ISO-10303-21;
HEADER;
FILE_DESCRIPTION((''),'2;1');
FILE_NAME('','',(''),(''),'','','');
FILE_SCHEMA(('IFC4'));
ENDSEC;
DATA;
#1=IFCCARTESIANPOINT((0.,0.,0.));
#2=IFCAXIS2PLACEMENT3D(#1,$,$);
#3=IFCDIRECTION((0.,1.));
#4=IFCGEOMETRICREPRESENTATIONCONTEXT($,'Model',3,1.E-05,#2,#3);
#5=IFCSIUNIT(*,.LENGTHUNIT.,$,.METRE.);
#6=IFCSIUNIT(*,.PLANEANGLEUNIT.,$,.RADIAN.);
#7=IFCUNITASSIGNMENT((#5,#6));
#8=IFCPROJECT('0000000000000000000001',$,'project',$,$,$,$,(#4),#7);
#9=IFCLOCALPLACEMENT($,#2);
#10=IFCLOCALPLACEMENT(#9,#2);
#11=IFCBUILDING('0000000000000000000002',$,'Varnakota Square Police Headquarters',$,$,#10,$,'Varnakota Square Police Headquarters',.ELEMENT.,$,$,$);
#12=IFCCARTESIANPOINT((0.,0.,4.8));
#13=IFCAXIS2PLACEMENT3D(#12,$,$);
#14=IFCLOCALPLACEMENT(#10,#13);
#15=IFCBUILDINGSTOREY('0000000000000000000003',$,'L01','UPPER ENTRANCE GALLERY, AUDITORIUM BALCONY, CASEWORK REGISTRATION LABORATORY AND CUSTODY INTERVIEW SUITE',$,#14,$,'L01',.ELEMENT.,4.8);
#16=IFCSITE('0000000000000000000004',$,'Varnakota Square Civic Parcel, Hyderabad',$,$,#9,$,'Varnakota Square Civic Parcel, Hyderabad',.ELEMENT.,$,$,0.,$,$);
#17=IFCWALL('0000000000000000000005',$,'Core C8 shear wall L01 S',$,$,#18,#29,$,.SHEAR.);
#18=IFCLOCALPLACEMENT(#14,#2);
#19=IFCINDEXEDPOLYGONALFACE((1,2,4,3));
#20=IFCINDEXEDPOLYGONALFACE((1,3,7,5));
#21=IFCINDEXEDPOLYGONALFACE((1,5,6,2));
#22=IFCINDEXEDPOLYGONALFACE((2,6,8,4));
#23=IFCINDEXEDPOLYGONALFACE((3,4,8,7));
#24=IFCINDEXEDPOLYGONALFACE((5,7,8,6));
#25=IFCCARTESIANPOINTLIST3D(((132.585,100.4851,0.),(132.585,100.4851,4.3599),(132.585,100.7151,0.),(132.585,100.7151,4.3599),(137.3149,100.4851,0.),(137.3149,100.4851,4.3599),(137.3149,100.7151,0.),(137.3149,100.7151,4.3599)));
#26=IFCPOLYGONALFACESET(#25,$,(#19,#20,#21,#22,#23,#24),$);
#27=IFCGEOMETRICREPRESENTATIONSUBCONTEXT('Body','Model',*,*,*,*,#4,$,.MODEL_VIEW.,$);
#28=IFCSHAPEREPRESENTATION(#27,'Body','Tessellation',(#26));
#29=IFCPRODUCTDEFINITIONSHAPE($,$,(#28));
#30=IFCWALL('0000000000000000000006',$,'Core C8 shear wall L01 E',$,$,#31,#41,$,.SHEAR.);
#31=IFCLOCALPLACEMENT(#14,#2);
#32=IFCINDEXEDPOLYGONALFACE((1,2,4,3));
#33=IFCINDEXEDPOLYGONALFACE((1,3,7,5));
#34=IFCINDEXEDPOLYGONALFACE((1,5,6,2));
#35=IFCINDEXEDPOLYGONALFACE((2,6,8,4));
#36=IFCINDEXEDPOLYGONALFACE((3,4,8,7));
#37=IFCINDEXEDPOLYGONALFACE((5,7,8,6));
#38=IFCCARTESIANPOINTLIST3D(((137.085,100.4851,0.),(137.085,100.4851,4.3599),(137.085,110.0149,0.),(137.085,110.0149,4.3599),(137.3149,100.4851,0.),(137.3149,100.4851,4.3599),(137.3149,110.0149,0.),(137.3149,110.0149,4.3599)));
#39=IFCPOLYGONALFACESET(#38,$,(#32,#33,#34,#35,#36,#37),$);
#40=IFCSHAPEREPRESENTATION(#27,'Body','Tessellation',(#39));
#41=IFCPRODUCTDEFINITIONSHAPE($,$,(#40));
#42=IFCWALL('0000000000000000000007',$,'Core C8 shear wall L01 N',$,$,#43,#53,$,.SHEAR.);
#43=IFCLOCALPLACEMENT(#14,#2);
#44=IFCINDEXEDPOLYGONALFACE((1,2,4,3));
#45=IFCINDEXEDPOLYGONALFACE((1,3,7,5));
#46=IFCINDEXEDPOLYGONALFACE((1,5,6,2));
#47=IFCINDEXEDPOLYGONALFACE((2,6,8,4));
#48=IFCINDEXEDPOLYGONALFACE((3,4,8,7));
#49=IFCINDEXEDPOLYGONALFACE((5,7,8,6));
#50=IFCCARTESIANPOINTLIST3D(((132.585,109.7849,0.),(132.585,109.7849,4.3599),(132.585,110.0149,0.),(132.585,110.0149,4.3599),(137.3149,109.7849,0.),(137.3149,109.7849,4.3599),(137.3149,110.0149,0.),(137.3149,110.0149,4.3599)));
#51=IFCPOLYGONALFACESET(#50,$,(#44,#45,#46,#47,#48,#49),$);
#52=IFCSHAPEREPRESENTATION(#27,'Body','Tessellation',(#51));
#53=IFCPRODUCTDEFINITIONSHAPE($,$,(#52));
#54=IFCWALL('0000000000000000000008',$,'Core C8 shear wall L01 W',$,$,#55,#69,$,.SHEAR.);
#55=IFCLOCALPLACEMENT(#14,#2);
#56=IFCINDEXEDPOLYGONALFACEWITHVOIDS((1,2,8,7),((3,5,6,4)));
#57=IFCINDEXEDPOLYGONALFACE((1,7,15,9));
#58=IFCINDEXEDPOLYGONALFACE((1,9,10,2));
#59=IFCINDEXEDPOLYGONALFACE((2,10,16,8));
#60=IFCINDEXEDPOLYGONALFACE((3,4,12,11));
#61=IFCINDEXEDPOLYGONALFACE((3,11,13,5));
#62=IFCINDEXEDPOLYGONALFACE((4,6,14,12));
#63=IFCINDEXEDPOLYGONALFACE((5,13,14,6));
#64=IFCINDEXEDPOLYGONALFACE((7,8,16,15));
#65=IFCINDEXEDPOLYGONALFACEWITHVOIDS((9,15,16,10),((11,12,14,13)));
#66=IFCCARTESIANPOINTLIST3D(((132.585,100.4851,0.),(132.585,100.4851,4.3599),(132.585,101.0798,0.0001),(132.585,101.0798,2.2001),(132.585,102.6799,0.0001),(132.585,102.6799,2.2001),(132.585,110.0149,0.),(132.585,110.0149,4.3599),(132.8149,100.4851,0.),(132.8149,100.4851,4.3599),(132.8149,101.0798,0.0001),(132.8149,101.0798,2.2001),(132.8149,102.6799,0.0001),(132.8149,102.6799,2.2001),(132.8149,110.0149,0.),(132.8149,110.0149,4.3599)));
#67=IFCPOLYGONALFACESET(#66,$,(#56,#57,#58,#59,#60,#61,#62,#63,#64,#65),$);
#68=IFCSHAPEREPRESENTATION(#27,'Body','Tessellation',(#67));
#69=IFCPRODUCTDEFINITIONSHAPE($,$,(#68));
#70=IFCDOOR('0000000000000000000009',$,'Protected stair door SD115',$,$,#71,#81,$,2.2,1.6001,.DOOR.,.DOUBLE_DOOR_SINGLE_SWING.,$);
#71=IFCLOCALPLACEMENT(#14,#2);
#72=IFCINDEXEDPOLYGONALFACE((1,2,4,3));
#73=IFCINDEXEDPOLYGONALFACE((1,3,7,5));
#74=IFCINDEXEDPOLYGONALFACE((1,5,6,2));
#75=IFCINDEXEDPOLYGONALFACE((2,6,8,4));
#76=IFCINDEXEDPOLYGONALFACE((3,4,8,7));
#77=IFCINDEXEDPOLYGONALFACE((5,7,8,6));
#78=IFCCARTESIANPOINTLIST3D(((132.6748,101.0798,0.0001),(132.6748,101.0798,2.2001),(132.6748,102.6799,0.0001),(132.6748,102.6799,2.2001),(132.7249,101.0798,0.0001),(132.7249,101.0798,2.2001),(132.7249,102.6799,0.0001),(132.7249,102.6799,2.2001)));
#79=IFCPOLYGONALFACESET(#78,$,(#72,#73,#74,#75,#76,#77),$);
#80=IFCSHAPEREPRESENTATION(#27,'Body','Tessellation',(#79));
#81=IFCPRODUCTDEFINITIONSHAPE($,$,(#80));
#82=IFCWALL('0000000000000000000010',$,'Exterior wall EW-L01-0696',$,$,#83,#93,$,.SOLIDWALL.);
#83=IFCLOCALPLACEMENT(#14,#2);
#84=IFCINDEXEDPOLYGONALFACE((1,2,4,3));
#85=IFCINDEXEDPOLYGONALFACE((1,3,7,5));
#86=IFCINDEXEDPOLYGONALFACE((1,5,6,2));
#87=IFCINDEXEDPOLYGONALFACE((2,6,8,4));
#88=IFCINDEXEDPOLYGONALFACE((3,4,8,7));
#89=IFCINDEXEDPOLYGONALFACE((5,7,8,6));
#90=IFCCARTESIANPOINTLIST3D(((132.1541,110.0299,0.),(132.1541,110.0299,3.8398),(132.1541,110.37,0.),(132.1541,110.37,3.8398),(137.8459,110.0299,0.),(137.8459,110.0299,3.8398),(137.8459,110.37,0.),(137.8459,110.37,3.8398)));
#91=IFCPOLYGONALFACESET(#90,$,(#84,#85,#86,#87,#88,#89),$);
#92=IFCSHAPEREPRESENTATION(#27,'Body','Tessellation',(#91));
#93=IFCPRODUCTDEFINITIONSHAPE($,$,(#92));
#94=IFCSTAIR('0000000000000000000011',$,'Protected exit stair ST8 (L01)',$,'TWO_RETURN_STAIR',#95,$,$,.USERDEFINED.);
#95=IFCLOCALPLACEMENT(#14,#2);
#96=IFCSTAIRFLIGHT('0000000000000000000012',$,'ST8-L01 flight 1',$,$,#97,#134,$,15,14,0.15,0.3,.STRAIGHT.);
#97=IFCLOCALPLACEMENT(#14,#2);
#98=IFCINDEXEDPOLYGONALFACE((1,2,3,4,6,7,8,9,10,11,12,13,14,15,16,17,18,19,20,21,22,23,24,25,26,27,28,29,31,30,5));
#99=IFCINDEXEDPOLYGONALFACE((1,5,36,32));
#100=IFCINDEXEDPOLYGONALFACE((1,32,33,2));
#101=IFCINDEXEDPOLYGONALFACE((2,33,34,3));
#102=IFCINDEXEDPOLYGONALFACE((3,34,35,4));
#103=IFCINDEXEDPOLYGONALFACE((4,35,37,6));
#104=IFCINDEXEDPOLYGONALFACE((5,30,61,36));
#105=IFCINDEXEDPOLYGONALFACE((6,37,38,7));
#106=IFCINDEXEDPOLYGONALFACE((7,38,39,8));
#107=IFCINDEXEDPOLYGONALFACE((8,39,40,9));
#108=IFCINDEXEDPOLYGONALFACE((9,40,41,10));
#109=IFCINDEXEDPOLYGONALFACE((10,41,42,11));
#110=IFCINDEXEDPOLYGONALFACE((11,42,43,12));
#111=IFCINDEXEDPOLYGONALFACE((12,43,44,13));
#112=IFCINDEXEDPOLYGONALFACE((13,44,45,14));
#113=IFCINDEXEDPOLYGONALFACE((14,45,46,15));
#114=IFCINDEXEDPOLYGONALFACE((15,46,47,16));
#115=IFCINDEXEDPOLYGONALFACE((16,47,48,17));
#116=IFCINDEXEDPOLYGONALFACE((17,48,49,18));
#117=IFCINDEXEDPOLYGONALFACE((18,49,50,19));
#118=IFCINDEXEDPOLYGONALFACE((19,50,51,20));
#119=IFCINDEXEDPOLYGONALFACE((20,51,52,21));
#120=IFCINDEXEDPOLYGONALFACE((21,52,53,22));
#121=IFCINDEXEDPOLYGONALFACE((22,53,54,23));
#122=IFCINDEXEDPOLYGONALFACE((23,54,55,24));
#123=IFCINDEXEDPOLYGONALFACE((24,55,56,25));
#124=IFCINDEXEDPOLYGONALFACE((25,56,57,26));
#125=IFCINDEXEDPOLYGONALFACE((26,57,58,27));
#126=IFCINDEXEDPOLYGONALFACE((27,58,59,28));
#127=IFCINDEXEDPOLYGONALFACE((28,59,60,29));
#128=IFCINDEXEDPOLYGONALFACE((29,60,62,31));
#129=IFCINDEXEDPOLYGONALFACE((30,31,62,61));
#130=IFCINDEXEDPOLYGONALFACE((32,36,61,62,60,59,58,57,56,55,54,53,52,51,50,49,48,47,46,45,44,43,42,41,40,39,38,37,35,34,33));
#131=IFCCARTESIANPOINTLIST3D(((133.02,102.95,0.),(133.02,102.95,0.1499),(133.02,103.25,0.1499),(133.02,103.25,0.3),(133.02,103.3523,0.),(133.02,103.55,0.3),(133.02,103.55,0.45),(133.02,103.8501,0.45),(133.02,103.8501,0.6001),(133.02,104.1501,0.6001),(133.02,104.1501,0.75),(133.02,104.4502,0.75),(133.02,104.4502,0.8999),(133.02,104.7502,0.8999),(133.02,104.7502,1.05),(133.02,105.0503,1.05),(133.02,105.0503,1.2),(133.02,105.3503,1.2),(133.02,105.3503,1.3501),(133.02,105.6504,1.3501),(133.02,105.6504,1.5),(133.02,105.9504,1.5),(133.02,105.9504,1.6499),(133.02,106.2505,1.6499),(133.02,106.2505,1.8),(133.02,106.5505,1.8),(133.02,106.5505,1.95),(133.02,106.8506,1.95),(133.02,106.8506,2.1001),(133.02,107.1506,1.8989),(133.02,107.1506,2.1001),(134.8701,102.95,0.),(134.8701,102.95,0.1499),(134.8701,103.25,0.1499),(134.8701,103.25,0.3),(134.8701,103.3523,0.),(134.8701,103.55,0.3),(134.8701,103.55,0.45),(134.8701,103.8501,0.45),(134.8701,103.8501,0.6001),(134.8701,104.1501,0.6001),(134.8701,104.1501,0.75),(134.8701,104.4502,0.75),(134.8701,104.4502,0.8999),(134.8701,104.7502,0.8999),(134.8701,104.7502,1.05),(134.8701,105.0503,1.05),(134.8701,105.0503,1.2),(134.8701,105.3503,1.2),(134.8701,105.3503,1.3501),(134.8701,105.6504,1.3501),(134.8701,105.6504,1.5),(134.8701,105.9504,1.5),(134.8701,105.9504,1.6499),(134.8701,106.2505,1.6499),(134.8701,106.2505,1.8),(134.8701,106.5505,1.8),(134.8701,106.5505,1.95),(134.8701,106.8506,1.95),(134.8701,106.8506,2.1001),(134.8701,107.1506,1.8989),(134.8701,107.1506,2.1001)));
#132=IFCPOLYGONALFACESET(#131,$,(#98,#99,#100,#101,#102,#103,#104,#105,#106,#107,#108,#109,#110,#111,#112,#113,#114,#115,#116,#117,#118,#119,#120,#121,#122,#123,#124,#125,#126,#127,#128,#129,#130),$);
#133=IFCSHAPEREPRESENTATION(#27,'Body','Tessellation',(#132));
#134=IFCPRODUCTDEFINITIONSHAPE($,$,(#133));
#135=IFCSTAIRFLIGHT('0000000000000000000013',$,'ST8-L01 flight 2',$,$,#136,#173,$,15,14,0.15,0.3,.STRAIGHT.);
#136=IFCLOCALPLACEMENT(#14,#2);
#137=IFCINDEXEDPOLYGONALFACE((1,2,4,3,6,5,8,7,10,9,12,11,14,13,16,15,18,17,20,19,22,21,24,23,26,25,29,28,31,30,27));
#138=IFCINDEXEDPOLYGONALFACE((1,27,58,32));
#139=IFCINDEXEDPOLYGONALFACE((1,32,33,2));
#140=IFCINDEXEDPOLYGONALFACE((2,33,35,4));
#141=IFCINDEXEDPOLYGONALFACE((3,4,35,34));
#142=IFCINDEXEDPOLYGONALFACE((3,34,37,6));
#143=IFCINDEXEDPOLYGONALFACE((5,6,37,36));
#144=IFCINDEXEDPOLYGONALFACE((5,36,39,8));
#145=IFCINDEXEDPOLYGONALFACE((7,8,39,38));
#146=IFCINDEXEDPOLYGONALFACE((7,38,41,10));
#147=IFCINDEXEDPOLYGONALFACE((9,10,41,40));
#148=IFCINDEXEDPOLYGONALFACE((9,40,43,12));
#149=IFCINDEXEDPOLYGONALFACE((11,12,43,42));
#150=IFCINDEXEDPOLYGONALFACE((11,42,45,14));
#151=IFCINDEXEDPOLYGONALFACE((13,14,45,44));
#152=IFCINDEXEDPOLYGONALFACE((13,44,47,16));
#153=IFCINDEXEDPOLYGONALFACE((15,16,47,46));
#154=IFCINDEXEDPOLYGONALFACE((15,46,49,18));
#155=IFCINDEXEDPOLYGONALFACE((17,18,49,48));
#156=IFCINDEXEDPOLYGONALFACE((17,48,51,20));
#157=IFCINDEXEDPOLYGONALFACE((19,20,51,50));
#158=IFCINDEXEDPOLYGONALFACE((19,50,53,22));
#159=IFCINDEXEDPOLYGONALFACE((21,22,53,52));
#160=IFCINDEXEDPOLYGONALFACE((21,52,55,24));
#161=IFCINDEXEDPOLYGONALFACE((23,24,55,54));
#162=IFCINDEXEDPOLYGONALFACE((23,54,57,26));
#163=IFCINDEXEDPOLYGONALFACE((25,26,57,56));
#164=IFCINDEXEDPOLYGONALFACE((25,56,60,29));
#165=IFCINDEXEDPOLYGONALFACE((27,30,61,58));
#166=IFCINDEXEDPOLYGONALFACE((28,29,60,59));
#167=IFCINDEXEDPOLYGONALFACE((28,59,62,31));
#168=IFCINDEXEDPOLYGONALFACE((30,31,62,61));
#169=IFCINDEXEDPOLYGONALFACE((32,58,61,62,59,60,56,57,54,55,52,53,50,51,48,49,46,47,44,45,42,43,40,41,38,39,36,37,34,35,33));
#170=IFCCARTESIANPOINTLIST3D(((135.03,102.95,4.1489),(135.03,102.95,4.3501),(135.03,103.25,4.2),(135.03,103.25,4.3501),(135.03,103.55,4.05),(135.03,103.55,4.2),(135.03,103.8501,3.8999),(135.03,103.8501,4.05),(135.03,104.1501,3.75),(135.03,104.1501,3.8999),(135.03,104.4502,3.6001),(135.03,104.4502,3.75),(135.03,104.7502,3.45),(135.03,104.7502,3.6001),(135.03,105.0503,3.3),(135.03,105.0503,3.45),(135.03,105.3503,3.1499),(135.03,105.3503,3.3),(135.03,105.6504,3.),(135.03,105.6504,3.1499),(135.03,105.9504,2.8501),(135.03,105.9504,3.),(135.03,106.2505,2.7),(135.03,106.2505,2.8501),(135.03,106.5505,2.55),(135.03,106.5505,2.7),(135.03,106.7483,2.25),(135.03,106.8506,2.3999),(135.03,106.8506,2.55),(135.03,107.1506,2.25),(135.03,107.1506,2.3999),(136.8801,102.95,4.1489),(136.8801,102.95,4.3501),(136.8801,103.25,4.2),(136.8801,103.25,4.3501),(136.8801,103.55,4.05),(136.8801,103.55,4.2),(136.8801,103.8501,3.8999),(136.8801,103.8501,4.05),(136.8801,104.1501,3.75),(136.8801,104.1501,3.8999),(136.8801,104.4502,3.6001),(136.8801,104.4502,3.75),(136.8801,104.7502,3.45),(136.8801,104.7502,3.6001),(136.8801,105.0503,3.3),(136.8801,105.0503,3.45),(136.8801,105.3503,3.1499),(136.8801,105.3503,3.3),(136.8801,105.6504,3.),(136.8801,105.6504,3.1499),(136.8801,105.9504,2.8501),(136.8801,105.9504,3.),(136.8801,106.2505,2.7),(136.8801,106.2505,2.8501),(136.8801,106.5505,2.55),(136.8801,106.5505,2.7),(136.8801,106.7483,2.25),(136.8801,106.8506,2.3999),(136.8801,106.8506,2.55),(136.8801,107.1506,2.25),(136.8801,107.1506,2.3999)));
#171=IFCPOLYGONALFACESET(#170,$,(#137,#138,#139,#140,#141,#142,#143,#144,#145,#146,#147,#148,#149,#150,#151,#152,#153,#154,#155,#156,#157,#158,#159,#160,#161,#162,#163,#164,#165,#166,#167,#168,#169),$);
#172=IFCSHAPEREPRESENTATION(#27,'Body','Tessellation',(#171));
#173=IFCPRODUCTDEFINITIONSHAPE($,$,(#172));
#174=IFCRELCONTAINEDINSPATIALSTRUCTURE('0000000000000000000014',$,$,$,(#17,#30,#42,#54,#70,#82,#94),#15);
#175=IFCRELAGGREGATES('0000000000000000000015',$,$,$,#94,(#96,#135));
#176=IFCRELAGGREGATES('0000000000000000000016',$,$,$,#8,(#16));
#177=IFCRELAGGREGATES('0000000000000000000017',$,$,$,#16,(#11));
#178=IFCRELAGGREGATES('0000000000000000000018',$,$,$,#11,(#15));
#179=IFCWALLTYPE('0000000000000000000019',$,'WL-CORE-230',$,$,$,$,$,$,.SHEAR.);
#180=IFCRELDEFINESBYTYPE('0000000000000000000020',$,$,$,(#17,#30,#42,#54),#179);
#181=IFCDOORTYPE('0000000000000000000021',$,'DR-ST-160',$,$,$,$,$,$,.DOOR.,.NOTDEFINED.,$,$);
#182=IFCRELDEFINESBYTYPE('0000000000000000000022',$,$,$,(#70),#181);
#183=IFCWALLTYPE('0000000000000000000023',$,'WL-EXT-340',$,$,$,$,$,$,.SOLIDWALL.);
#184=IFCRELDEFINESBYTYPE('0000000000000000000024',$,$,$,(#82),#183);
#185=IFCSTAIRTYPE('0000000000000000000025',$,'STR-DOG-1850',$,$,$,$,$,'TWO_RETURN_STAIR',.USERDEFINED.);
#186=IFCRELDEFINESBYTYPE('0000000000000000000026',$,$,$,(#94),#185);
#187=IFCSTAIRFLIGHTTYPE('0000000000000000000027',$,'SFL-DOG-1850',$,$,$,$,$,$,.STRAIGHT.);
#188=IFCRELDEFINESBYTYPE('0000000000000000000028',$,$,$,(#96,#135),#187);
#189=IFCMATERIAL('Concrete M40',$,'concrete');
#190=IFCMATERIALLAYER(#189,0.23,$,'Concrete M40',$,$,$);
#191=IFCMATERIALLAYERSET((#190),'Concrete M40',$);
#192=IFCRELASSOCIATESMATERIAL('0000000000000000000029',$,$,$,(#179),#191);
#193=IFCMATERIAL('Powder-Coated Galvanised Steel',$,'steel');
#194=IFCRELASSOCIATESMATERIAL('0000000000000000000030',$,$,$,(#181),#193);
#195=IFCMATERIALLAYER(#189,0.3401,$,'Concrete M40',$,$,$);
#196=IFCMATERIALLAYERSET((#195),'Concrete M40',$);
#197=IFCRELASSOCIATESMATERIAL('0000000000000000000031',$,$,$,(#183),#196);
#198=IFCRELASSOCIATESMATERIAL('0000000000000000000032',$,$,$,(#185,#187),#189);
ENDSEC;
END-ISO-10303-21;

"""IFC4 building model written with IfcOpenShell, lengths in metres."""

from ifc_helpers import new_model, si_unit, direction, frame, frame_2d, origin, place, context, subcontext, project, spatial, polyline, rectangle, outline, extrude, material, layer, layer_set, type_object, element, fill, aggregate, save


model = new_model("IFC4")

# Units and contexts
model_context = context("Model", 3, precision=1e-05, world=origin(), true_north=direction((0.0, 1.0)))
body_context = subcontext(model_context, "Body", "Model", "MODEL_VIEW")
ifc_project = project(units=[si_unit("LENGTHUNIT", "METRE"), si_unit("PLANEANGLEUNIT", "RADIAN")], contexts=[model_context])

# Site, building, storey
site_placement = place(None, origin())
site = spatial("IfcSite", under=ifc_project, at=site_placement, Name="Varnakota Square Civic Parcel, Hyderabad", LongName="Varnakota Square Civic Parcel, Hyderabad", CompositionType="ELEMENT", RefElevation=0.0)
building_placement = place(site_placement, origin())
building = spatial("IfcBuilding", under=site, at=building_placement, Name="Varnakota Square Police Headquarters", LongName="Varnakota Square Police Headquarters", CompositionType="ELEMENT")
storey_placement = place(building_placement, frame((0.0, 0.0, 4.8)))
storey = spatial("IfcBuildingStorey", under=building, at=storey_placement, Name="L01", Description="UPPER ENTRANCE GALLERY, AUDITORIUM BALCONY, CASEWORK REGISTRATION LABORATORY AND CUSTODY INTERVIEW SUITE", LongName="L01", CompositionType="ELEMENT", Elevation=4.8)

# Walls
ifc_material_1 = material(Name="Concrete M40", Category="concrete")
ifc_layer_1 = layer(ifc_material_1, 0.23, Name="Concrete M40")
ifc_layer_set_1 = layer_set([ifc_layer_1], Name="Concrete M40")
wall_type_1 = type_object("IfcWallType", Name="WL-CORE-230", PredefinedType="SHEAR", material=ifc_layer_set_1)
wall_1_placement = place(storey_placement, frame((132.585, 100.6001, 0.0), z_axis=(0.0, 0.0, 1.0), x_axis=(1.0, 0.0, 0.0)))
element("IfcWall", 1, at=wall_1_placement, inside=storey, type_object=wall_type_1, Name="Core C8 shear wall L01 S", PredefinedType="SHEAR", context=body_context, shape_type="SweptSolid", body=[
    extrude(rectangle(XDim=4.73, YDim=0.23, at=frame_2d((2.365, 0.0))), origin(), (0.0, 0.0, 1.0), 4.3599),
])
wall_2_placement = place(storey_placement, frame((137.2, 100.4851, 0.0), z_axis=(0.0, 0.0, 1.0), x_axis=(0.0, 1.0, 0.0)))
element("IfcWall", 2, at=wall_2_placement, inside=storey, type_object=wall_type_1, Name="Core C8 shear wall L01 E", PredefinedType="SHEAR", context=body_context, shape_type="SweptSolid", body=[
    extrude(rectangle(XDim=9.5298, YDim=0.23, at=frame_2d((4.7649, 0.0))), origin(), (0.0, 0.0, 1.0), 4.3599),
])
wall_3_placement = place(storey_placement, frame((137.3149, 109.8999, 0.0), z_axis=(0.0, 0.0, 1.0), x_axis=(-1.0, 0.0, 0.0)))
element("IfcWall", 3, at=wall_3_placement, inside=storey, type_object=wall_type_1, Name="Core C8 shear wall L01 N", PredefinedType="SHEAR", context=body_context, shape_type="SweptSolid", body=[
    extrude(rectangle(XDim=4.73, YDim=0.23, at=frame_2d((2.365, 0.0))), origin(), (0.0, 0.0, 1.0), 4.3599),
])

# Wall, opening, door
wall_4_placement = place(storey_placement, frame((132.7, 110.0149, 0.0), z_axis=(0.0, 0.0, 1.0), x_axis=(0.0, -1.0, 0.0)))
wall_4 = element("IfcWall", 4, at=wall_4_placement, inside=storey, type_object=wall_type_1, Name="Core C8 shear wall L01 W", PredefinedType="SHEAR", context=body_context, shape_type="SweptSolid", body=[
    extrude(rectangle(XDim=9.5298, YDim=0.23, at=frame_2d((4.7649, 0.0))), origin(), (0.0, 0.0, 1.0), 4.3599),
])
opening_1_placement = place(wall_4_placement, frame((7.335, 0.0, 0.0)))
opening_1 = element("IfcOpeningElement", 5, at=opening_1_placement, cuts=wall_4, PredefinedType="OPENING", context=body_context, shape_type="SweptSolid", body=[
    extrude(rectangle(XDim=1.6001, YDim=2.2, at=frame_2d((0.8, 1.1001))), frame((0.0, 0.125, 0.0), z_axis=(0.0, -1.0, 0.0), x_axis=(1.0, 0.0, 0.0)), (0.0, 0.0, 1.0), 0.25),
])
ifc_material_2 = material(Name="Powder-Coated Galvanised Steel", Category="steel")
door_type_1 = type_object("IfcDoorType", Name="DR-ST-160", OperationType="NOTDEFINED", PredefinedType="DOOR", material=ifc_material_2)
door_1_placement = place(opening_1_placement, origin())
door_1 = element("IfcDoor", 6, at=door_1_placement, inside=storey, type_object=door_type_1, Name="Protected stair door SD115", OperationType="DOUBLE_DOOR_SINGLE_SWING", OverallHeight=2.2, OverallWidth=1.6001, PredefinedType="DOOR", context=body_context, shape_type="SweptSolid", body=[
    extrude(rectangle(XDim=1.6001, YDim=2.2, at=frame_2d((0.8, 1.1001))), frame((0.0, 0.0249, 0.0), z_axis=(0.0, -1.0, 0.0), x_axis=(1.0, 0.0, 0.0)), (0.0, 0.0, 1.0), 0.05),
])
fill(opening_1, door_1)

# Wall
ifc_layer_2 = layer(ifc_material_1, 0.3401, Name="Concrete M40")
ifc_layer_set_2 = layer_set([ifc_layer_2], Name="Concrete M40")
wall_type_2 = type_object("IfcWallType", Name="WL-EXT-340", PredefinedType="SOLIDWALL", material=ifc_layer_set_2)
wall_5_placement = place(storey_placement, frame((132.1541, 110.2, 0.0), z_axis=(0.0, 0.0, 1.0), x_axis=(1.0, 0.0, 0.0)))
element("IfcWall", 7, at=wall_5_placement, inside=storey, type_object=wall_type_2, Name="Exterior wall EW-L01-0696", PredefinedType="SOLIDWALL", context=body_context, shape_type="SweptSolid", body=[
    extrude(rectangle(XDim=5.6919, YDim=0.3401, at=frame_2d((2.8459, 0.0))), origin(), (0.0, 0.0, 1.0), 3.8398),
])

# Stair, stair flights
stair_type = type_object("IfcStairType", Name="STR-DOG-1850", ElementType="TWO_RETURN_STAIR", PredefinedType="USERDEFINED", material=ifc_material_1)
stair_placement = place(storey_placement, origin())
stair = element("IfcStair", 8, at=stair_placement, inside=storey, type_object=stair_type, Name="Protected exit stair ST8 (L01)", ObjectType="TWO_RETURN_STAIR", PredefinedType="USERDEFINED")
stair_flight_type = type_object("IfcStairFlightType", Name="SFL-DOG-1850", PredefinedType="STRAIGHT", material=ifc_material_1)
stair_flight_1_placement = place(storey_placement, frame((133.9451, 102.95, 0.0), z_axis=(0.0, 0.0, 1.0), x_axis=(0.0, 1.0, 0.0)))
stair_flight_1 = element("IfcStairFlight", 9, at=stair_flight_1_placement, type_object=stair_flight_type, Name="ST8-L01 flight 1", NumberOfRisers=15, NumberOfTreads=14, PredefinedType="STRAIGHT", RiserHeight=0.15, TreadLength=0.3, context=body_context, shape_type="SweptSolid", body=[
    extrude(outline(polyline([(0.0, 0.0), (0.0, 0.1499), (0.3, 0.1499), (0.3, 0.3), (0.6001, 0.3), (0.6001, 0.45), (0.9001, 0.45), (0.9001, 0.6001), (1.2002, 0.6001), (1.2002, 0.75), (1.5002, 0.75), (1.5002, 0.8999), (1.8003, 0.8999), (1.8003, 1.05), (2.1003, 1.05), (2.1003, 1.2), (2.4004, 1.2), (2.4004, 1.3501), (2.7004, 1.3501), (2.7004, 1.5), (3.0005, 1.5), (3.0005, 1.6499), (3.3005, 1.6499), (3.3005, 1.8), (3.6006, 1.8), (3.6006, 1.95), (3.9006, 1.95), (3.9006, 2.1001), (4.2007, 2.1001), (4.2007, 2.25), (4.2007, 1.8989), (0.4023, 0.0), (0.0, 0.0)])), frame((0.0, 0.925, 0.0), z_axis=(0.0, -1.0, 0.0), x_axis=(1.0, 0.0, 0.0)), (0.0, 0.0, 1.0), 1.8501),
])
stair_flight_2_placement = place(storey_placement, frame((135.9551, 107.1506, 2.25), z_axis=(0.0, 0.0, 1.0), x_axis=(0.0, -1.0, 0.0)))
stair_flight_2 = element("IfcStairFlight", 10, at=stair_flight_2_placement, type_object=stair_flight_type, Name="ST8-L01 flight 2", NumberOfRisers=15, NumberOfTreads=14, PredefinedType="STRAIGHT", RiserHeight=0.15, TreadLength=0.3, context=body_context, shape_type="SweptSolid", body=[
    extrude(outline(polyline([(0.0, 0.0), (0.0, 0.1499), (0.3, 0.1499), (0.3, 0.3), (0.6001, 0.3), (0.6001, 0.45), (0.9001, 0.45), (0.9001, 0.6001), (1.2002, 0.6001), (1.2002, 0.75), (1.5002, 0.75), (1.5002, 0.8999), (1.8003, 0.8999), (1.8003, 1.05), (2.1003, 1.05), (2.1003, 1.2), (2.4004, 1.2), (2.4004, 1.3501), (2.7004, 1.3501), (2.7004, 1.5), (3.0005, 1.5), (3.0005, 1.6499), (3.3005, 1.6499), (3.3005, 1.8), (3.6006, 1.8), (3.6006, 1.95), (3.9006, 1.95), (3.9006, 2.1001), (4.2007, 2.1001), (4.2007, 2.25), (4.2007, 1.8989), (0.4023, 0.0), (0.0, 0.0)])), frame((0.0, 0.925, 0.0), z_axis=(0.0, -1.0, 0.0), x_axis=(1.0, 0.0, 0.0)), (0.0, 0.0, 1.0), 1.8501),
])
aggregate(stair, [stair_flight_1, stair_flight_2])

save(model, "model.ifc")
